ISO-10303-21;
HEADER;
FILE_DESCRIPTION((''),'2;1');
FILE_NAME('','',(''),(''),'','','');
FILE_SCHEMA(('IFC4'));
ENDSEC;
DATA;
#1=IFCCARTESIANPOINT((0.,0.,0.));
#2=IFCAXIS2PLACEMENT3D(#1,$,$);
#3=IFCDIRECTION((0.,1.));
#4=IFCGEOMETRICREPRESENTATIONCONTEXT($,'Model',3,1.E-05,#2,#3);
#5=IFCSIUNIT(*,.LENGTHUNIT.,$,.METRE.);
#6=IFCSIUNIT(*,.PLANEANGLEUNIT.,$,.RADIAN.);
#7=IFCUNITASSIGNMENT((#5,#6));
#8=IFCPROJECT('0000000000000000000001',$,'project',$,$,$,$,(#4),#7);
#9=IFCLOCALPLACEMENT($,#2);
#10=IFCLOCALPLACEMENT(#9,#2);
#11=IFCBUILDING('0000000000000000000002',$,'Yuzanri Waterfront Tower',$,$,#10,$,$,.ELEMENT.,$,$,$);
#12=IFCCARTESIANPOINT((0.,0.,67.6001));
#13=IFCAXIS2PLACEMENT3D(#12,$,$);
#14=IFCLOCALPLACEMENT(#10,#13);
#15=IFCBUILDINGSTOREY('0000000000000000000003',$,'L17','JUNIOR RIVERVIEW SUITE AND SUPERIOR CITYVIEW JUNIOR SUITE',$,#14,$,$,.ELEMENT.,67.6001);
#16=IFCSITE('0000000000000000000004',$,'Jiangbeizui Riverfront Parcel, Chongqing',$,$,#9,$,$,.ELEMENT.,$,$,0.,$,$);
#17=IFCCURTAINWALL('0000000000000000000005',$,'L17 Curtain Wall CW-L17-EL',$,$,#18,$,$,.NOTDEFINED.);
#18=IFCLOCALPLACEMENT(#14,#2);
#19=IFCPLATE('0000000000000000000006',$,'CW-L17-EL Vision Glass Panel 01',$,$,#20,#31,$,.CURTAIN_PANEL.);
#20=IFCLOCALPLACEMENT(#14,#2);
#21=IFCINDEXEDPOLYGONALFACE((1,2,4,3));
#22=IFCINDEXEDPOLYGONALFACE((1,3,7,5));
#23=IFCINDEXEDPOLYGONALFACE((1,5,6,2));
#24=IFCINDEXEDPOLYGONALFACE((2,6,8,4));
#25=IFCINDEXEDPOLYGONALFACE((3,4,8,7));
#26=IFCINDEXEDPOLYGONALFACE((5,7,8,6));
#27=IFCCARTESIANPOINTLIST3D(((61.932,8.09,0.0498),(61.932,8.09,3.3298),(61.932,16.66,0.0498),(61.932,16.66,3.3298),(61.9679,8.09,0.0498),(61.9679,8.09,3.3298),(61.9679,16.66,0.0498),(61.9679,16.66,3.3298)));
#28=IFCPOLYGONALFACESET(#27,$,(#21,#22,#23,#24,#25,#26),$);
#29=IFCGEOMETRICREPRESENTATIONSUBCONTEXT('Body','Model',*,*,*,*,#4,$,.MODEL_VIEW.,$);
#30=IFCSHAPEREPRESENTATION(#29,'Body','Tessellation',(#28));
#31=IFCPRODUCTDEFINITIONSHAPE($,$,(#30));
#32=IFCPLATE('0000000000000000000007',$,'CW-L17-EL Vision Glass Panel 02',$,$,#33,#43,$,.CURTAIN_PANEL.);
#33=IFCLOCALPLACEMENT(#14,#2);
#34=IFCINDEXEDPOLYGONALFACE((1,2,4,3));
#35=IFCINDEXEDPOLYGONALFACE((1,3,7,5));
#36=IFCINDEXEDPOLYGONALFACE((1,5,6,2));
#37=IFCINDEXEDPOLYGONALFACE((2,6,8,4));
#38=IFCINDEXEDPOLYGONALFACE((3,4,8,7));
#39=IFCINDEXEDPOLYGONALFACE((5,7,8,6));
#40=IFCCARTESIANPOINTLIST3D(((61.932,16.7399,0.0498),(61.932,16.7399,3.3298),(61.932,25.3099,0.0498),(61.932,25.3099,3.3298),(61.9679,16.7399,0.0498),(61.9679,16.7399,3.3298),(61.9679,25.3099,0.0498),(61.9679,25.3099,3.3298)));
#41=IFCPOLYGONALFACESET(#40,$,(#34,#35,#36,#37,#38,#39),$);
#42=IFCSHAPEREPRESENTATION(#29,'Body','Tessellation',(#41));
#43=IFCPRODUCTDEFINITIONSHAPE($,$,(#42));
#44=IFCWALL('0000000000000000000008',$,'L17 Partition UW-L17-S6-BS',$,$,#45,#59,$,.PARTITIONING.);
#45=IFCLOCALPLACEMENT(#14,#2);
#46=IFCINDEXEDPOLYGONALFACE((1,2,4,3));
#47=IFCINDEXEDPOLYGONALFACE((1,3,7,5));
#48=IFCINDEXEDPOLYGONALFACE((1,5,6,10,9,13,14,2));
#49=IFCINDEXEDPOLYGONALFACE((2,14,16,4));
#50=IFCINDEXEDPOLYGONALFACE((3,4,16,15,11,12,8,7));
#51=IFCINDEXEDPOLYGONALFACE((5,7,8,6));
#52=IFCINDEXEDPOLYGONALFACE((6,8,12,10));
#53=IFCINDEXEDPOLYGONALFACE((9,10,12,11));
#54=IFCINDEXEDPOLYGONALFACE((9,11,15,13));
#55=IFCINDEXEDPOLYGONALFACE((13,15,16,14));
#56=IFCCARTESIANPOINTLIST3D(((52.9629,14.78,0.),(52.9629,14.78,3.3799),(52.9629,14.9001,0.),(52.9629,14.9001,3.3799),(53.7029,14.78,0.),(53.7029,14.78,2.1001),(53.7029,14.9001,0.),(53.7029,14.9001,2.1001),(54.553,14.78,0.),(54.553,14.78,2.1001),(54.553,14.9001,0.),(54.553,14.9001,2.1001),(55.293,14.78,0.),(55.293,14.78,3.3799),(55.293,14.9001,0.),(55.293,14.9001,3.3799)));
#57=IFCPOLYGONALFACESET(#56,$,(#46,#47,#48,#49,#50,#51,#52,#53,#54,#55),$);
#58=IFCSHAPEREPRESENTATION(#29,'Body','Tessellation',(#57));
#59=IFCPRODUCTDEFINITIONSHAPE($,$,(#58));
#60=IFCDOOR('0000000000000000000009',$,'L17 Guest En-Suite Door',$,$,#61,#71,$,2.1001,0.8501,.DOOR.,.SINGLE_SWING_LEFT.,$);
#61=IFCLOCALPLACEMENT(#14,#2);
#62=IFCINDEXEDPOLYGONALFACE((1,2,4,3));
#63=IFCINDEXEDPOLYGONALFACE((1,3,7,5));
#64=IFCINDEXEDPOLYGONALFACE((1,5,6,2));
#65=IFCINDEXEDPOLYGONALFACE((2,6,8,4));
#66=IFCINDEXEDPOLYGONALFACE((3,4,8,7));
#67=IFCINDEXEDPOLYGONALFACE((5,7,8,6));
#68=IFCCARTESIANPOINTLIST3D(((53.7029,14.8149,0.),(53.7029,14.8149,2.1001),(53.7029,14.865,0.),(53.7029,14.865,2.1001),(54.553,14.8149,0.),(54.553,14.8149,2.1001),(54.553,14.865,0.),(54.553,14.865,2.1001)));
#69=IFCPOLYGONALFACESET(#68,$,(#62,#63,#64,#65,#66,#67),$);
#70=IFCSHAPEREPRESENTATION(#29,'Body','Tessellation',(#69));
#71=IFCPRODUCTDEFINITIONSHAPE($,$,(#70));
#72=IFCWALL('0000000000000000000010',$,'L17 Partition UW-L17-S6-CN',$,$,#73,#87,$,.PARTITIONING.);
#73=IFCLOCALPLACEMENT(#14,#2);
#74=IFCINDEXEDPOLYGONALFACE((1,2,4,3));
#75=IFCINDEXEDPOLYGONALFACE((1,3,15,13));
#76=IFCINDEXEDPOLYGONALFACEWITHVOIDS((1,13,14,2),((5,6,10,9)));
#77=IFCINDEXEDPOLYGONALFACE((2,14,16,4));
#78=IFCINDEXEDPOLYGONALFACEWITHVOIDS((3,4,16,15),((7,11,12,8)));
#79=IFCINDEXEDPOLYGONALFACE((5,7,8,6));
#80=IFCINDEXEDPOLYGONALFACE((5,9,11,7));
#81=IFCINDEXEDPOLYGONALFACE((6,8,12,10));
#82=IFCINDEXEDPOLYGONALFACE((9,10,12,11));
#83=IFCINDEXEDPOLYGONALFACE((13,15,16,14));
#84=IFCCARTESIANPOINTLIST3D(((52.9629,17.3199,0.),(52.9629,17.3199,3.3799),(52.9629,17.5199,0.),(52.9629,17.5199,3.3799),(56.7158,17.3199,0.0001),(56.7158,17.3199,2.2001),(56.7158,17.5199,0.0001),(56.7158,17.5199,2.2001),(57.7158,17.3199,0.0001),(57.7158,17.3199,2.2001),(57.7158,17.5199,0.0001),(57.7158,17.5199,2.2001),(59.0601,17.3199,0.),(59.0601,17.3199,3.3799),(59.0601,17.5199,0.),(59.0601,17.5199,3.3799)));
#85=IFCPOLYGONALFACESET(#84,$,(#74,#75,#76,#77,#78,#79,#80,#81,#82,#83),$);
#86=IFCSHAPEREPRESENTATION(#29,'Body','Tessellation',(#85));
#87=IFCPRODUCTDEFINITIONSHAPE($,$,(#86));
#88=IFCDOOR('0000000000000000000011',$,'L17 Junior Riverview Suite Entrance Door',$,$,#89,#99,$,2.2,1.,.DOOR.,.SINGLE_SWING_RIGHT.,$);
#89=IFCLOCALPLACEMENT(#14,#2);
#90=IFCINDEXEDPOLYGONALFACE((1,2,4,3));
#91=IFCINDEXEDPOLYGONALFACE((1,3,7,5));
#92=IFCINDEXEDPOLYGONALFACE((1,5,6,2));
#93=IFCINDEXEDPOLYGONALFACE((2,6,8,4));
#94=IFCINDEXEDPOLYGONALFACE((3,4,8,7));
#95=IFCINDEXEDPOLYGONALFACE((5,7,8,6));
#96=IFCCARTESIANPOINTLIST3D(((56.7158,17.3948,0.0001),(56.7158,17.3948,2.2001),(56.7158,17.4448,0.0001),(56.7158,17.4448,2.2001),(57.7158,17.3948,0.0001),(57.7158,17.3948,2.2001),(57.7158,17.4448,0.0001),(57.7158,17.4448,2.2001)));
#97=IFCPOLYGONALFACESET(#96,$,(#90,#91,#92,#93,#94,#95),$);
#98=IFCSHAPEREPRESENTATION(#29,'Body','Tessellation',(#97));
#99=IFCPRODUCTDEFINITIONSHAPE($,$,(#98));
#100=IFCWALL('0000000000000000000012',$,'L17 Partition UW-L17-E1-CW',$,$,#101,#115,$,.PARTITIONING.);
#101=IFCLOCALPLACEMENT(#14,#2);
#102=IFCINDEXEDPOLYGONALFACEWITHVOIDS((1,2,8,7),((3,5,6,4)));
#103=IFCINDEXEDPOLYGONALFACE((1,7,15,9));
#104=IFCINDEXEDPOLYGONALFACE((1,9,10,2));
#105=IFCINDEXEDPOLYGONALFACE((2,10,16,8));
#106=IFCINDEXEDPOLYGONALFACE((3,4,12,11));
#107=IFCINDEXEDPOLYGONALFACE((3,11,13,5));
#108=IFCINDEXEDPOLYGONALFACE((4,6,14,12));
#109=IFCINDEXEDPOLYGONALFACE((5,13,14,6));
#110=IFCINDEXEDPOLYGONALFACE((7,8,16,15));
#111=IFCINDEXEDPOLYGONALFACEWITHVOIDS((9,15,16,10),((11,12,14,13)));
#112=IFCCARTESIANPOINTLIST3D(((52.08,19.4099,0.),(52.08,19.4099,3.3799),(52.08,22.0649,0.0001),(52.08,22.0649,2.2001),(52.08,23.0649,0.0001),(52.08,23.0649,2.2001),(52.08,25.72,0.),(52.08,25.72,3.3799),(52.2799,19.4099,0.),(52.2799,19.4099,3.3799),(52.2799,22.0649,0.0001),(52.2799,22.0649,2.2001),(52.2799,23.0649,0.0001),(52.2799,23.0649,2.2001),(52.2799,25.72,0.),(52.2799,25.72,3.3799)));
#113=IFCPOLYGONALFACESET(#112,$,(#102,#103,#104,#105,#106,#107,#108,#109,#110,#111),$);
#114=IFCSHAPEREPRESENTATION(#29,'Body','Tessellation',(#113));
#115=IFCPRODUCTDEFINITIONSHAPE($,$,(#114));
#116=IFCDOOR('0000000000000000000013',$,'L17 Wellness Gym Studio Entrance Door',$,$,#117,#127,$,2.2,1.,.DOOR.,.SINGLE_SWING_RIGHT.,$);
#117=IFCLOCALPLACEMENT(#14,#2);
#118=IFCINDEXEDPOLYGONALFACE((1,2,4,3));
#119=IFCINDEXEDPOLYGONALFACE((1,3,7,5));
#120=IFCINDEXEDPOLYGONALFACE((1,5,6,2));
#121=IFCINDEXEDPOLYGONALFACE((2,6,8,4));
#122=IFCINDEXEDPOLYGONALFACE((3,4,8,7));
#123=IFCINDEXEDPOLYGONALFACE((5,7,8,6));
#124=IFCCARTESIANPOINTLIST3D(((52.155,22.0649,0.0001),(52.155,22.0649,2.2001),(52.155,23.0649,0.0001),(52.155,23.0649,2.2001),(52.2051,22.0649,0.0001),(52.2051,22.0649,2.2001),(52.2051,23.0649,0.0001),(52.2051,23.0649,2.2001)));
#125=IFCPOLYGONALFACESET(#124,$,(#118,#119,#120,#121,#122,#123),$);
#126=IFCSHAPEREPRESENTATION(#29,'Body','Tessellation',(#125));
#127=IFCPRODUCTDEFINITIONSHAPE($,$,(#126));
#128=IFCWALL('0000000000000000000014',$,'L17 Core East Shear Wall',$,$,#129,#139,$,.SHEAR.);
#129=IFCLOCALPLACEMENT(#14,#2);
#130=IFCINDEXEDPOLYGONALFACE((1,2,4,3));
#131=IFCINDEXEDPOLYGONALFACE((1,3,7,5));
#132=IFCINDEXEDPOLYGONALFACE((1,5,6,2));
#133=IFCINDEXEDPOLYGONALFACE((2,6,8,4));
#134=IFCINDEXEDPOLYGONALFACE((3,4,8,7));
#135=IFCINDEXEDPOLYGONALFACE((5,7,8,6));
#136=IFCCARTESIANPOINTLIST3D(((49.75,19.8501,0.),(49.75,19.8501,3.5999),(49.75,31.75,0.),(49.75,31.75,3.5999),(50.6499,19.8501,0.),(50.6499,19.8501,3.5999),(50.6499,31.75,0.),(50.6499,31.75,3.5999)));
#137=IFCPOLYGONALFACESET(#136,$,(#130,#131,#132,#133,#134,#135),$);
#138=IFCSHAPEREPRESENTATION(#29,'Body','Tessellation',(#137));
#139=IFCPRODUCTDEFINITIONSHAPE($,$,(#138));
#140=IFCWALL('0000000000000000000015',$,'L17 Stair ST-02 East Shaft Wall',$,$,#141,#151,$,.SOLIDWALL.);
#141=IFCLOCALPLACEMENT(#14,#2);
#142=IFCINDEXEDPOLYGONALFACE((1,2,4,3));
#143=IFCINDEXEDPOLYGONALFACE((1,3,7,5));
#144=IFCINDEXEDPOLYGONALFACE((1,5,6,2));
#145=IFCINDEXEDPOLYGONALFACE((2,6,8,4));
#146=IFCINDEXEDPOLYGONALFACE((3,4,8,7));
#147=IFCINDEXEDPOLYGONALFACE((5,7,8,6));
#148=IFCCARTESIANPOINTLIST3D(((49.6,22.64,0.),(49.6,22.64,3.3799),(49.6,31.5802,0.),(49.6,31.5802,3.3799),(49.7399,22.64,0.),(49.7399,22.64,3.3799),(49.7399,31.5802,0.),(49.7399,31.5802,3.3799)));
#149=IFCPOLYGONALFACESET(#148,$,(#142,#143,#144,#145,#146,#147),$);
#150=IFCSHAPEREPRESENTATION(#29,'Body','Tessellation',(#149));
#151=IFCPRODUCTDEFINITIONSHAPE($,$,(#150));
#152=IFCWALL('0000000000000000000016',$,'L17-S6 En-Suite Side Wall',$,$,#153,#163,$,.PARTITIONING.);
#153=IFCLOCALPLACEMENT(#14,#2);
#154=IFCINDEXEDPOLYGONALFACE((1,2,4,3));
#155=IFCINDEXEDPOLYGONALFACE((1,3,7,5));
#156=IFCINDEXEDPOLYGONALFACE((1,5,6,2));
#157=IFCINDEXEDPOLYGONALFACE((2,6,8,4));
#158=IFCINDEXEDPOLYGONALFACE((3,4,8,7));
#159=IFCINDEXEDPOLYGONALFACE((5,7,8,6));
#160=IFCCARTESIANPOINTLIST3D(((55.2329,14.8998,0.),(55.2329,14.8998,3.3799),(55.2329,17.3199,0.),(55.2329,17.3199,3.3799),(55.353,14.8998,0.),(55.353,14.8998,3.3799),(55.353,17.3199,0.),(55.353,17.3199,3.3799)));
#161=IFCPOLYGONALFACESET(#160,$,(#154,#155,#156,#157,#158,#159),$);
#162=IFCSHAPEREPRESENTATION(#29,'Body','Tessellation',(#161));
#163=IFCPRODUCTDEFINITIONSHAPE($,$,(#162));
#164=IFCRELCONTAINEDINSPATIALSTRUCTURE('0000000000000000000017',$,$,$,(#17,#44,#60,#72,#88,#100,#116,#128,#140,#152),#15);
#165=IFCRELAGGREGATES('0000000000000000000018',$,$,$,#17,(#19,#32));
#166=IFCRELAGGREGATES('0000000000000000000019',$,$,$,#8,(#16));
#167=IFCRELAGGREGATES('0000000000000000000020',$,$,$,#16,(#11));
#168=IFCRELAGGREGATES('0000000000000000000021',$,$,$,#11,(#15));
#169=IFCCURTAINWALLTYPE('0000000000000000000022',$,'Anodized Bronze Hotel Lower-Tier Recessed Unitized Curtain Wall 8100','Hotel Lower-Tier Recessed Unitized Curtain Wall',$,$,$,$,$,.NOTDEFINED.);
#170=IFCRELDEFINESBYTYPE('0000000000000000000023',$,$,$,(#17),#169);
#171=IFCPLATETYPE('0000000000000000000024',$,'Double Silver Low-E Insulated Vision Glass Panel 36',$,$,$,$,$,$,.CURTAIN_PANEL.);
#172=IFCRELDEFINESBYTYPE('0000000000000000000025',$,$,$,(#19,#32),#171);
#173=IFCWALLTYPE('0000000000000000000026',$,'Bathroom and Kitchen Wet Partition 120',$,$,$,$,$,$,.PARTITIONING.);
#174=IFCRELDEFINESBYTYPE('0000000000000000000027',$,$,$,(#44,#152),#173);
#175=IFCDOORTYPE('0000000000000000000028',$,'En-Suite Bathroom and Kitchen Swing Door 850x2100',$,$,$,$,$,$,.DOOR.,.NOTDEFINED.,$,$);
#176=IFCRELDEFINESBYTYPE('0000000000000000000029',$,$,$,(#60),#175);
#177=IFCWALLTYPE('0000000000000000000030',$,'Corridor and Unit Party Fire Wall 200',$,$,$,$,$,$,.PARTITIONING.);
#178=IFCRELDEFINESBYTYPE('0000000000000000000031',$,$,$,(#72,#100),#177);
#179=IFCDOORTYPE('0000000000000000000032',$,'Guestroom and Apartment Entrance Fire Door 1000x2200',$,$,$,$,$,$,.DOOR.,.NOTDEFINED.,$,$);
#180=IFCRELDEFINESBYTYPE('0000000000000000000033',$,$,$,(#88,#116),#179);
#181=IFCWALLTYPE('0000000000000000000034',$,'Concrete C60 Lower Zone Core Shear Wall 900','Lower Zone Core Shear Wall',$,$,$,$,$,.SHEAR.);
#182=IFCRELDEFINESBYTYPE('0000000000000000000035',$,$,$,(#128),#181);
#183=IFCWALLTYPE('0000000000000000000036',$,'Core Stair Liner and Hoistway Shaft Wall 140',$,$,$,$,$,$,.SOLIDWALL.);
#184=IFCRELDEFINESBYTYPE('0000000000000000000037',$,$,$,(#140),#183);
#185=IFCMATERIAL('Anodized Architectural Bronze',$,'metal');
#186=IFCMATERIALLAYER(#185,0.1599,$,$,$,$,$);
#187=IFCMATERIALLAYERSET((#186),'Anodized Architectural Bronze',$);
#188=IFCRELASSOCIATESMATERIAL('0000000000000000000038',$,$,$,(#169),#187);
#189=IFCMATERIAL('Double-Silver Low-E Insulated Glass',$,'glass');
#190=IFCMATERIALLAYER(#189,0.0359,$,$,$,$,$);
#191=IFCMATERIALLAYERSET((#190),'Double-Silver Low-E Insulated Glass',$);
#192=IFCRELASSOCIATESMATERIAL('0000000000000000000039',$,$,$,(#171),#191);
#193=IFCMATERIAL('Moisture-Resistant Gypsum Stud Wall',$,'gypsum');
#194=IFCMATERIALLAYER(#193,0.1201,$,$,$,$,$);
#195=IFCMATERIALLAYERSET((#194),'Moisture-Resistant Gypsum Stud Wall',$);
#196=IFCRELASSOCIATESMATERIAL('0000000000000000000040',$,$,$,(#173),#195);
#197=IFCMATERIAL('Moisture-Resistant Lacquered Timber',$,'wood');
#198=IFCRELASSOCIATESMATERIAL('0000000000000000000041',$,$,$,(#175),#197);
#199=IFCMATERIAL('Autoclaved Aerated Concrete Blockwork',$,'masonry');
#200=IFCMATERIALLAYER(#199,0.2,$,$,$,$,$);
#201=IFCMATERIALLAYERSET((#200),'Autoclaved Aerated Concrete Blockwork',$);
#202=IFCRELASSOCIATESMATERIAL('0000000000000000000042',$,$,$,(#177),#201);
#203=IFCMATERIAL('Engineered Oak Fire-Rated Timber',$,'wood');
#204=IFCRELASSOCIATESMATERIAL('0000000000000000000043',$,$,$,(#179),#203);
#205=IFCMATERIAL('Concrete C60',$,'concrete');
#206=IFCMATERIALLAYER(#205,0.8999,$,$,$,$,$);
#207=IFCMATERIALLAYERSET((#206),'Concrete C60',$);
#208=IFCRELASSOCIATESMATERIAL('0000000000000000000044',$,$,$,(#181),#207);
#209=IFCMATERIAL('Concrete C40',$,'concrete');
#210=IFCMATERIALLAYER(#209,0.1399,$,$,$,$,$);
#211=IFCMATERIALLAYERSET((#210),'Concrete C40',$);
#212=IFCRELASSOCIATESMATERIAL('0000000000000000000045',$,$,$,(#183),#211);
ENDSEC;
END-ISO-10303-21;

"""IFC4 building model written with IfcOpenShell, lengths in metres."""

from ifc_helpers import new_model, si_unit, direction, frame, frame_2d, origin, origin_2d, place, context, subcontext, project, spatial, rectangle, extrude, source, transform, mapped, material, layer, layer_set, type_object, element, fill, aggregate, save


model = new_model("IFC4")

# Units and contexts
model_context = context("Model", 3, precision=1e-05, world=origin(), true_north=direction((0.0, 1.0)))
body_context = subcontext(model_context, "Body", "Model", "MODEL_VIEW")
ifc_project = project(units=[si_unit("LENGTHUNIT", "METRE"), si_unit("PLANEANGLEUNIT", "RADIAN")], contexts=[model_context])

# Site, building, storey
site_placement = place(None, origin())
site = spatial("IfcSite", under=ifc_project, at=site_placement, Name="Jiangbeizui Riverfront Parcel, Chongqing", CompositionType="ELEMENT", RefElevation=0.0)
building_placement = place(site_placement, origin())
building = spatial("IfcBuilding", under=site, at=building_placement, Name="Yuzanri Waterfront Tower", CompositionType="ELEMENT")
storey_placement = place(building_placement, frame((0.0, 0.0, 67.6001)))
storey = spatial("IfcBuildingStorey", under=building, at=storey_placement, Name="L17", Description="JUNIOR RIVERVIEW SUITE AND SUPERIOR CITYVIEW JUNIOR SUITE", CompositionType="ELEMENT", Elevation=67.6001)

# Curtain wall, plates
ifc_material_1 = material(Name="Anodized Architectural Bronze", Category="metal")
ifc_layer_1 = layer(ifc_material_1, 0.1599)
ifc_layer_set_1 = layer_set([ifc_layer_1], Name="Anodized Architectural Bronze")
curtain_wall_type = type_object("IfcCurtainWallType", Name="Anodized Bronze Hotel Lower-Tier Recessed Unitized Curtain Wall 8100", Description="Hotel Lower-Tier Recessed Unitized Curtain Wall", PredefinedType="NOTDEFINED", material=ifc_layer_set_1)
curtain_wall_placement = place(storey_placement, origin())
curtain_wall = element("IfcCurtainWall", 1, at=curtain_wall_placement, inside=storey, type_object=curtain_wall_type, Name="L17 Curtain Wall CW-L17-EL", PredefinedType="NOTDEFINED")
ifc_material_2 = material(Name="Double-Silver Low-E Insulated Glass", Category="glass")
ifc_layer_2 = layer(ifc_material_2, 0.0359)
ifc_layer_set_2 = layer_set([ifc_layer_2], Name="Double-Silver Low-E Insulated Glass")
plate_type = type_object("IfcPlateType", Name="Double Silver Low-E Insulated Vision Glass Panel 36", PredefinedType="CURTAIN_PANEL", material=ifc_layer_set_2)
shared_shape_1 = source(origin(), body_context, "Body", "SweptSolid", [
    extrude(rectangle(XDim=8.5701, YDim=0.0359, at=origin_2d()), origin(), (0.0, 0.0, 1.0), 3.28),
])
plate_1_placement = place(storey_placement, frame((61.95, 12.375, 0.0498), z_axis=(0.0, 0.0, 1.0), x_axis=(0.0, 1.0, 0.0)))
plate_1 = element("IfcPlate", 2, at=plate_1_placement, type_object=plate_type, Name="CW-L17-EL Vision Glass Panel 01", PredefinedType="CURTAIN_PANEL", context=body_context, shape_type="MappedRepresentation", body=[
    mapped(shared_shape_1, transform((0.0, 0.0, 0.0), scale=1.0)),
])
plate_2_placement = place(storey_placement, frame((61.95, 21.0249, 0.0498), z_axis=(0.0, 0.0, 1.0), x_axis=(0.0, 1.0, 0.0)))
plate_2 = element("IfcPlate", 3, at=plate_2_placement, type_object=plate_type, Name="CW-L17-EL Vision Glass Panel 02", PredefinedType="CURTAIN_PANEL", context=body_context, shape_type="MappedRepresentation", body=[
    mapped(shared_shape_1, transform((0.0, 0.0, 0.0), scale=1.0)),
])
aggregate(curtain_wall, [plate_1, plate_2])

# Walls, openings, doors
ifc_material_3 = material(Name="Moisture-Resistant Gypsum Stud Wall", Category="gypsum")
ifc_layer_3 = layer(ifc_material_3, 0.1201)
ifc_layer_set_3 = layer_set([ifc_layer_3], Name="Moisture-Resistant Gypsum Stud Wall")
wall_type_1 = type_object("IfcWallType", Name="Bathroom and Kitchen Wet Partition 120", PredefinedType="PARTITIONING", material=ifc_layer_set_3)
wall_1_placement = place(storey_placement, frame((52.9629, 14.8401, 0.0), z_axis=(0.0, 0.0, 1.0), x_axis=(1.0, 0.0, 0.0)))
wall_1 = element("IfcWall", 4, at=wall_1_placement, inside=storey, type_object=wall_type_1, Name="L17 Partition UW-L17-S6-BS", PredefinedType="PARTITIONING", context=body_context, shape_type="SweptSolid", body=[
    extrude(rectangle(XDim=2.3301, YDim=0.1201, at=frame_2d((1.165, 0.0))), origin(), (0.0, 0.0, 1.0), 3.3799),
])
opening_1_placement = place(wall_1_placement, frame((0.74, 0.0, 0.0)))
opening_1 = element("IfcOpeningElement", 5, at=opening_1_placement, cuts=wall_1, PredefinedType="OPENING", context=body_context, shape_type="SweptSolid", body=[
    extrude(rectangle(XDim=0.8501, YDim=2.1001, at=frame_2d((0.425, 1.05))), frame((0.0, 0.075, 0.0), z_axis=(0.0, -1.0, 0.0), x_axis=(1.0, 0.0, 0.0)), (0.0, 0.0, 1.0), 0.1499),
])
ifc_material_4 = material(Name="Moisture-Resistant Lacquered Timber", Category="wood")
door_type_1 = type_object("IfcDoorType", Name="En-Suite Bathroom and Kitchen Swing Door 850x2100", OperationType="NOTDEFINED", PredefinedType="DOOR", material=ifc_material_4)
shared_shape_2 = source(origin(), body_context, "Body", "SweptSolid", [
    extrude(rectangle(XDim=0.8501, YDim=2.1001, at=frame_2d((0.425, 1.05))), frame((0.0, 0.0249, 0.0), z_axis=(0.0, -1.0, 0.0), x_axis=(1.0, 0.0, 0.0)), (0.0, 0.0, 1.0), 0.05),
])
door_1_placement = place(opening_1_placement, origin())
door_1 = element("IfcDoor", 6, at=door_1_placement, inside=storey, type_object=door_type_1, Name="L17 Guest En-Suite Door", OperationType="SINGLE_SWING_LEFT", OverallHeight=2.1001, OverallWidth=0.8501, PredefinedType="DOOR", context=body_context, shape_type="MappedRepresentation", body=[
    mapped(shared_shape_2, transform((0.0, 0.0, 0.0), scale=1.0)),
])
fill(opening_1, door_1)
ifc_material_5 = material(Name="Autoclaved Aerated Concrete Blockwork", Category="masonry")
ifc_layer_4 = layer(ifc_material_5, 0.2)
ifc_layer_set_4 = layer_set([ifc_layer_4], Name="Autoclaved Aerated Concrete Blockwork")
wall_type_2 = type_object("IfcWallType", Name="Corridor and Unit Party Fire Wall 200", PredefinedType="PARTITIONING", material=ifc_layer_set_4)
wall_2_placement = place(storey_placement, frame((52.9629, 17.4199, 0.0), z_axis=(0.0, 0.0, 1.0), x_axis=(1.0, 0.0, 0.0)))
wall_2 = element("IfcWall", 7, at=wall_2_placement, inside=storey, type_object=wall_type_2, Name="L17 Partition UW-L17-S6-CN", PredefinedType="PARTITIONING", context=body_context, shape_type="SweptSolid", body=[
    extrude(rectangle(XDim=6.0972, YDim=0.2, at=frame_2d((3.0486, 0.0))), origin(), (0.0, 0.0, 1.0), 3.3799),
])
opening_2_placement = place(wall_2_placement, frame((3.7529, 0.0, 0.0)))
opening_2 = element("IfcOpeningElement", 8, at=opening_2_placement, cuts=wall_2, PredefinedType="OPENING", context=body_context, shape_type="SweptSolid", body=[
    extrude(rectangle(XDim=1.0, YDim=2.2, at=frame_2d((0.5, 1.1001))), frame((0.0, 0.1147, 0.0), z_axis=(0.0, -1.0, 0.0), x_axis=(1.0, 0.0, 0.0)), (0.0, 0.0, 1.0), 0.2297),
])
ifc_material_6 = material(Name="Engineered Oak Fire-Rated Timber", Category="wood")
door_type_2 = type_object("IfcDoorType", Name="Guestroom and Apartment Entrance Fire Door 1000x2200", OperationType="NOTDEFINED", PredefinedType="DOOR", material=ifc_material_6)
shared_shape_3 = source(origin(), body_context, "Body", "SweptSolid", [
    extrude(rectangle(XDim=1.0, YDim=2.2, at=frame_2d((0.5, 1.1001))), frame((0.0, 0.0249, 0.0), z_axis=(0.0, -1.0, 0.0), x_axis=(1.0, 0.0, 0.0)), (0.0, 0.0, 1.0), 0.05),
])
door_2_placement = place(opening_2_placement, origin())
door_2 = element("IfcDoor", 9, at=door_2_placement, inside=storey, type_object=door_type_2, Name="L17 Junior Riverview Suite Entrance Door", OperationType="SINGLE_SWING_RIGHT", OverallHeight=2.2, OverallWidth=1.0, PredefinedType="DOOR", context=body_context, shape_type="MappedRepresentation", body=[
    mapped(shared_shape_3, transform((0.0, 0.0, 0.0), scale=1.0)),
])
fill(opening_2, door_2)
wall_3_placement = place(storey_placement, frame((52.1799, 19.4099, 0.0), z_axis=(0.0, 0.0, 1.0), x_axis=(0.0, 1.0, 0.0)))
wall_3 = element("IfcWall", 10, at=wall_3_placement, inside=storey, type_object=wall_type_2, Name="L17 Partition UW-L17-E1-CW", PredefinedType="PARTITIONING", context=body_context, shape_type="SweptSolid", body=[
    extrude(rectangle(XDim=6.3101, YDim=0.2, at=frame_2d((3.155, 0.0))), origin(), (0.0, 0.0, 1.0), 3.3799),
])
opening_3_placement = place(wall_3_placement, frame((2.655, 0.0, 0.0)))
opening_3 = element("IfcOpeningElement", 11, at=opening_3_placement, cuts=wall_3, PredefinedType="OPENING", context=body_context, shape_type="SweptSolid", body=[
    extrude(rectangle(XDim=1.0, YDim=2.2, at=frame_2d((0.5, 1.1001))), frame((0.0, 0.1147, 0.0), z_axis=(0.0, -1.0, 0.0), x_axis=(1.0, 0.0, 0.0)), (0.0, 0.0, 1.0), 0.2297),
])
door_3_placement = place(opening_3_placement, origin())
door_3 = element("IfcDoor", 12, at=door_3_placement, inside=storey, type_object=door_type_2, Name="L17 Wellness Gym Studio Entrance Door", OperationType="SINGLE_SWING_RIGHT", OverallHeight=2.2, OverallWidth=1.0, PredefinedType="DOOR", context=body_context, shape_type="MappedRepresentation", body=[
    mapped(shared_shape_3, transform((0.0, 0.0, 0.0), scale=1.0)),
])
fill(opening_3, door_3)

# Walls
ifc_material_7 = material(Name="Concrete C60", Category="concrete")
ifc_layer_5 = layer(ifc_material_7, 0.8999)
ifc_layer_set_5 = layer_set([ifc_layer_5], Name="Concrete C60")
wall_type_3 = type_object("IfcWallType", Name="Concrete C60 Lower Zone Core Shear Wall 900", Description="Lower Zone Core Shear Wall", PredefinedType="SHEAR", material=ifc_layer_set_5)
shared_shape_4 = source(origin(), body_context, "Body", "SweptSolid", [
    extrude(rectangle(XDim=11.8999, YDim=0.8999, at=frame_2d((5.95, 0.0))), origin(), (0.0, 0.0, 1.0), 3.5999),
])
wall_4_placement = place(storey_placement, frame((50.2, 19.8501, 0.0), z_axis=(0.0, 0.0, 1.0), x_axis=(0.0, 1.0, 0.0)))
element("IfcWall", 13, at=wall_4_placement, inside=storey, type_object=wall_type_3, Name="L17 Core East Shear Wall", PredefinedType="SHEAR", context=body_context, shape_type="MappedRepresentation", body=[
    mapped(shared_shape_4, transform((0.0, 0.0, 0.0), scale=1.0)),
])
ifc_material_8 = material(Name="Concrete C40", Category="concrete")
ifc_layer_6 = layer(ifc_material_8, 0.1399)
ifc_layer_set_6 = layer_set([ifc_layer_6], Name="Concrete C40")
wall_type_4 = type_object("IfcWallType", Name="Core Stair Liner and Hoistway Shaft Wall 140", PredefinedType="SOLIDWALL", material=ifc_layer_set_6)
shared_shape_5 = source(origin(), body_context, "Body", "SweptSolid", [
    extrude(rectangle(XDim=8.9402, YDim=0.1399, at=frame_2d((4.4702, 0.0))), origin(), (0.0, 0.0, 1.0), 3.3799),
])
wall_5_placement = place(storey_placement, frame((49.6699, 22.6399, 0.0), z_axis=(0.0, 0.0, 1.0), x_axis=(0.0, 1.0, 0.0)))
element("IfcWall", 14, at=wall_5_placement, inside=storey, type_object=wall_type_4, Name="L17 Stair ST-02 East Shaft Wall", PredefinedType="SOLIDWALL", context=body_context, shape_type="MappedRepresentation", body=[
    mapped(shared_shape_5, transform((0.0, 0.0, 0.0), scale=1.0)),
])
shared_shape_6 = source(origin(), body_context, "Body", "SweptSolid", [
    extrude(rectangle(XDim=2.4202, YDim=0.1201, at=frame_2d((1.21, 0.0))), origin(), (0.0, 0.0, 1.0), 3.3799),
])
wall_6_placement = place(storey_placement, frame((55.293, 14.8999, 0.0), z_axis=(0.0, 0.0, 1.0), x_axis=(0.0, 1.0, 0.0)))
element("IfcWall", 15, at=wall_6_placement, inside=storey, type_object=wall_type_1, Name="L17-S6 En-Suite Side Wall", PredefinedType="PARTITIONING", context=body_context, shape_type="MappedRepresentation", body=[
    mapped(shared_shape_6, transform((0.0, 0.0, 0.0), scale=1.0)),
])

save(model, "model.ifc")
